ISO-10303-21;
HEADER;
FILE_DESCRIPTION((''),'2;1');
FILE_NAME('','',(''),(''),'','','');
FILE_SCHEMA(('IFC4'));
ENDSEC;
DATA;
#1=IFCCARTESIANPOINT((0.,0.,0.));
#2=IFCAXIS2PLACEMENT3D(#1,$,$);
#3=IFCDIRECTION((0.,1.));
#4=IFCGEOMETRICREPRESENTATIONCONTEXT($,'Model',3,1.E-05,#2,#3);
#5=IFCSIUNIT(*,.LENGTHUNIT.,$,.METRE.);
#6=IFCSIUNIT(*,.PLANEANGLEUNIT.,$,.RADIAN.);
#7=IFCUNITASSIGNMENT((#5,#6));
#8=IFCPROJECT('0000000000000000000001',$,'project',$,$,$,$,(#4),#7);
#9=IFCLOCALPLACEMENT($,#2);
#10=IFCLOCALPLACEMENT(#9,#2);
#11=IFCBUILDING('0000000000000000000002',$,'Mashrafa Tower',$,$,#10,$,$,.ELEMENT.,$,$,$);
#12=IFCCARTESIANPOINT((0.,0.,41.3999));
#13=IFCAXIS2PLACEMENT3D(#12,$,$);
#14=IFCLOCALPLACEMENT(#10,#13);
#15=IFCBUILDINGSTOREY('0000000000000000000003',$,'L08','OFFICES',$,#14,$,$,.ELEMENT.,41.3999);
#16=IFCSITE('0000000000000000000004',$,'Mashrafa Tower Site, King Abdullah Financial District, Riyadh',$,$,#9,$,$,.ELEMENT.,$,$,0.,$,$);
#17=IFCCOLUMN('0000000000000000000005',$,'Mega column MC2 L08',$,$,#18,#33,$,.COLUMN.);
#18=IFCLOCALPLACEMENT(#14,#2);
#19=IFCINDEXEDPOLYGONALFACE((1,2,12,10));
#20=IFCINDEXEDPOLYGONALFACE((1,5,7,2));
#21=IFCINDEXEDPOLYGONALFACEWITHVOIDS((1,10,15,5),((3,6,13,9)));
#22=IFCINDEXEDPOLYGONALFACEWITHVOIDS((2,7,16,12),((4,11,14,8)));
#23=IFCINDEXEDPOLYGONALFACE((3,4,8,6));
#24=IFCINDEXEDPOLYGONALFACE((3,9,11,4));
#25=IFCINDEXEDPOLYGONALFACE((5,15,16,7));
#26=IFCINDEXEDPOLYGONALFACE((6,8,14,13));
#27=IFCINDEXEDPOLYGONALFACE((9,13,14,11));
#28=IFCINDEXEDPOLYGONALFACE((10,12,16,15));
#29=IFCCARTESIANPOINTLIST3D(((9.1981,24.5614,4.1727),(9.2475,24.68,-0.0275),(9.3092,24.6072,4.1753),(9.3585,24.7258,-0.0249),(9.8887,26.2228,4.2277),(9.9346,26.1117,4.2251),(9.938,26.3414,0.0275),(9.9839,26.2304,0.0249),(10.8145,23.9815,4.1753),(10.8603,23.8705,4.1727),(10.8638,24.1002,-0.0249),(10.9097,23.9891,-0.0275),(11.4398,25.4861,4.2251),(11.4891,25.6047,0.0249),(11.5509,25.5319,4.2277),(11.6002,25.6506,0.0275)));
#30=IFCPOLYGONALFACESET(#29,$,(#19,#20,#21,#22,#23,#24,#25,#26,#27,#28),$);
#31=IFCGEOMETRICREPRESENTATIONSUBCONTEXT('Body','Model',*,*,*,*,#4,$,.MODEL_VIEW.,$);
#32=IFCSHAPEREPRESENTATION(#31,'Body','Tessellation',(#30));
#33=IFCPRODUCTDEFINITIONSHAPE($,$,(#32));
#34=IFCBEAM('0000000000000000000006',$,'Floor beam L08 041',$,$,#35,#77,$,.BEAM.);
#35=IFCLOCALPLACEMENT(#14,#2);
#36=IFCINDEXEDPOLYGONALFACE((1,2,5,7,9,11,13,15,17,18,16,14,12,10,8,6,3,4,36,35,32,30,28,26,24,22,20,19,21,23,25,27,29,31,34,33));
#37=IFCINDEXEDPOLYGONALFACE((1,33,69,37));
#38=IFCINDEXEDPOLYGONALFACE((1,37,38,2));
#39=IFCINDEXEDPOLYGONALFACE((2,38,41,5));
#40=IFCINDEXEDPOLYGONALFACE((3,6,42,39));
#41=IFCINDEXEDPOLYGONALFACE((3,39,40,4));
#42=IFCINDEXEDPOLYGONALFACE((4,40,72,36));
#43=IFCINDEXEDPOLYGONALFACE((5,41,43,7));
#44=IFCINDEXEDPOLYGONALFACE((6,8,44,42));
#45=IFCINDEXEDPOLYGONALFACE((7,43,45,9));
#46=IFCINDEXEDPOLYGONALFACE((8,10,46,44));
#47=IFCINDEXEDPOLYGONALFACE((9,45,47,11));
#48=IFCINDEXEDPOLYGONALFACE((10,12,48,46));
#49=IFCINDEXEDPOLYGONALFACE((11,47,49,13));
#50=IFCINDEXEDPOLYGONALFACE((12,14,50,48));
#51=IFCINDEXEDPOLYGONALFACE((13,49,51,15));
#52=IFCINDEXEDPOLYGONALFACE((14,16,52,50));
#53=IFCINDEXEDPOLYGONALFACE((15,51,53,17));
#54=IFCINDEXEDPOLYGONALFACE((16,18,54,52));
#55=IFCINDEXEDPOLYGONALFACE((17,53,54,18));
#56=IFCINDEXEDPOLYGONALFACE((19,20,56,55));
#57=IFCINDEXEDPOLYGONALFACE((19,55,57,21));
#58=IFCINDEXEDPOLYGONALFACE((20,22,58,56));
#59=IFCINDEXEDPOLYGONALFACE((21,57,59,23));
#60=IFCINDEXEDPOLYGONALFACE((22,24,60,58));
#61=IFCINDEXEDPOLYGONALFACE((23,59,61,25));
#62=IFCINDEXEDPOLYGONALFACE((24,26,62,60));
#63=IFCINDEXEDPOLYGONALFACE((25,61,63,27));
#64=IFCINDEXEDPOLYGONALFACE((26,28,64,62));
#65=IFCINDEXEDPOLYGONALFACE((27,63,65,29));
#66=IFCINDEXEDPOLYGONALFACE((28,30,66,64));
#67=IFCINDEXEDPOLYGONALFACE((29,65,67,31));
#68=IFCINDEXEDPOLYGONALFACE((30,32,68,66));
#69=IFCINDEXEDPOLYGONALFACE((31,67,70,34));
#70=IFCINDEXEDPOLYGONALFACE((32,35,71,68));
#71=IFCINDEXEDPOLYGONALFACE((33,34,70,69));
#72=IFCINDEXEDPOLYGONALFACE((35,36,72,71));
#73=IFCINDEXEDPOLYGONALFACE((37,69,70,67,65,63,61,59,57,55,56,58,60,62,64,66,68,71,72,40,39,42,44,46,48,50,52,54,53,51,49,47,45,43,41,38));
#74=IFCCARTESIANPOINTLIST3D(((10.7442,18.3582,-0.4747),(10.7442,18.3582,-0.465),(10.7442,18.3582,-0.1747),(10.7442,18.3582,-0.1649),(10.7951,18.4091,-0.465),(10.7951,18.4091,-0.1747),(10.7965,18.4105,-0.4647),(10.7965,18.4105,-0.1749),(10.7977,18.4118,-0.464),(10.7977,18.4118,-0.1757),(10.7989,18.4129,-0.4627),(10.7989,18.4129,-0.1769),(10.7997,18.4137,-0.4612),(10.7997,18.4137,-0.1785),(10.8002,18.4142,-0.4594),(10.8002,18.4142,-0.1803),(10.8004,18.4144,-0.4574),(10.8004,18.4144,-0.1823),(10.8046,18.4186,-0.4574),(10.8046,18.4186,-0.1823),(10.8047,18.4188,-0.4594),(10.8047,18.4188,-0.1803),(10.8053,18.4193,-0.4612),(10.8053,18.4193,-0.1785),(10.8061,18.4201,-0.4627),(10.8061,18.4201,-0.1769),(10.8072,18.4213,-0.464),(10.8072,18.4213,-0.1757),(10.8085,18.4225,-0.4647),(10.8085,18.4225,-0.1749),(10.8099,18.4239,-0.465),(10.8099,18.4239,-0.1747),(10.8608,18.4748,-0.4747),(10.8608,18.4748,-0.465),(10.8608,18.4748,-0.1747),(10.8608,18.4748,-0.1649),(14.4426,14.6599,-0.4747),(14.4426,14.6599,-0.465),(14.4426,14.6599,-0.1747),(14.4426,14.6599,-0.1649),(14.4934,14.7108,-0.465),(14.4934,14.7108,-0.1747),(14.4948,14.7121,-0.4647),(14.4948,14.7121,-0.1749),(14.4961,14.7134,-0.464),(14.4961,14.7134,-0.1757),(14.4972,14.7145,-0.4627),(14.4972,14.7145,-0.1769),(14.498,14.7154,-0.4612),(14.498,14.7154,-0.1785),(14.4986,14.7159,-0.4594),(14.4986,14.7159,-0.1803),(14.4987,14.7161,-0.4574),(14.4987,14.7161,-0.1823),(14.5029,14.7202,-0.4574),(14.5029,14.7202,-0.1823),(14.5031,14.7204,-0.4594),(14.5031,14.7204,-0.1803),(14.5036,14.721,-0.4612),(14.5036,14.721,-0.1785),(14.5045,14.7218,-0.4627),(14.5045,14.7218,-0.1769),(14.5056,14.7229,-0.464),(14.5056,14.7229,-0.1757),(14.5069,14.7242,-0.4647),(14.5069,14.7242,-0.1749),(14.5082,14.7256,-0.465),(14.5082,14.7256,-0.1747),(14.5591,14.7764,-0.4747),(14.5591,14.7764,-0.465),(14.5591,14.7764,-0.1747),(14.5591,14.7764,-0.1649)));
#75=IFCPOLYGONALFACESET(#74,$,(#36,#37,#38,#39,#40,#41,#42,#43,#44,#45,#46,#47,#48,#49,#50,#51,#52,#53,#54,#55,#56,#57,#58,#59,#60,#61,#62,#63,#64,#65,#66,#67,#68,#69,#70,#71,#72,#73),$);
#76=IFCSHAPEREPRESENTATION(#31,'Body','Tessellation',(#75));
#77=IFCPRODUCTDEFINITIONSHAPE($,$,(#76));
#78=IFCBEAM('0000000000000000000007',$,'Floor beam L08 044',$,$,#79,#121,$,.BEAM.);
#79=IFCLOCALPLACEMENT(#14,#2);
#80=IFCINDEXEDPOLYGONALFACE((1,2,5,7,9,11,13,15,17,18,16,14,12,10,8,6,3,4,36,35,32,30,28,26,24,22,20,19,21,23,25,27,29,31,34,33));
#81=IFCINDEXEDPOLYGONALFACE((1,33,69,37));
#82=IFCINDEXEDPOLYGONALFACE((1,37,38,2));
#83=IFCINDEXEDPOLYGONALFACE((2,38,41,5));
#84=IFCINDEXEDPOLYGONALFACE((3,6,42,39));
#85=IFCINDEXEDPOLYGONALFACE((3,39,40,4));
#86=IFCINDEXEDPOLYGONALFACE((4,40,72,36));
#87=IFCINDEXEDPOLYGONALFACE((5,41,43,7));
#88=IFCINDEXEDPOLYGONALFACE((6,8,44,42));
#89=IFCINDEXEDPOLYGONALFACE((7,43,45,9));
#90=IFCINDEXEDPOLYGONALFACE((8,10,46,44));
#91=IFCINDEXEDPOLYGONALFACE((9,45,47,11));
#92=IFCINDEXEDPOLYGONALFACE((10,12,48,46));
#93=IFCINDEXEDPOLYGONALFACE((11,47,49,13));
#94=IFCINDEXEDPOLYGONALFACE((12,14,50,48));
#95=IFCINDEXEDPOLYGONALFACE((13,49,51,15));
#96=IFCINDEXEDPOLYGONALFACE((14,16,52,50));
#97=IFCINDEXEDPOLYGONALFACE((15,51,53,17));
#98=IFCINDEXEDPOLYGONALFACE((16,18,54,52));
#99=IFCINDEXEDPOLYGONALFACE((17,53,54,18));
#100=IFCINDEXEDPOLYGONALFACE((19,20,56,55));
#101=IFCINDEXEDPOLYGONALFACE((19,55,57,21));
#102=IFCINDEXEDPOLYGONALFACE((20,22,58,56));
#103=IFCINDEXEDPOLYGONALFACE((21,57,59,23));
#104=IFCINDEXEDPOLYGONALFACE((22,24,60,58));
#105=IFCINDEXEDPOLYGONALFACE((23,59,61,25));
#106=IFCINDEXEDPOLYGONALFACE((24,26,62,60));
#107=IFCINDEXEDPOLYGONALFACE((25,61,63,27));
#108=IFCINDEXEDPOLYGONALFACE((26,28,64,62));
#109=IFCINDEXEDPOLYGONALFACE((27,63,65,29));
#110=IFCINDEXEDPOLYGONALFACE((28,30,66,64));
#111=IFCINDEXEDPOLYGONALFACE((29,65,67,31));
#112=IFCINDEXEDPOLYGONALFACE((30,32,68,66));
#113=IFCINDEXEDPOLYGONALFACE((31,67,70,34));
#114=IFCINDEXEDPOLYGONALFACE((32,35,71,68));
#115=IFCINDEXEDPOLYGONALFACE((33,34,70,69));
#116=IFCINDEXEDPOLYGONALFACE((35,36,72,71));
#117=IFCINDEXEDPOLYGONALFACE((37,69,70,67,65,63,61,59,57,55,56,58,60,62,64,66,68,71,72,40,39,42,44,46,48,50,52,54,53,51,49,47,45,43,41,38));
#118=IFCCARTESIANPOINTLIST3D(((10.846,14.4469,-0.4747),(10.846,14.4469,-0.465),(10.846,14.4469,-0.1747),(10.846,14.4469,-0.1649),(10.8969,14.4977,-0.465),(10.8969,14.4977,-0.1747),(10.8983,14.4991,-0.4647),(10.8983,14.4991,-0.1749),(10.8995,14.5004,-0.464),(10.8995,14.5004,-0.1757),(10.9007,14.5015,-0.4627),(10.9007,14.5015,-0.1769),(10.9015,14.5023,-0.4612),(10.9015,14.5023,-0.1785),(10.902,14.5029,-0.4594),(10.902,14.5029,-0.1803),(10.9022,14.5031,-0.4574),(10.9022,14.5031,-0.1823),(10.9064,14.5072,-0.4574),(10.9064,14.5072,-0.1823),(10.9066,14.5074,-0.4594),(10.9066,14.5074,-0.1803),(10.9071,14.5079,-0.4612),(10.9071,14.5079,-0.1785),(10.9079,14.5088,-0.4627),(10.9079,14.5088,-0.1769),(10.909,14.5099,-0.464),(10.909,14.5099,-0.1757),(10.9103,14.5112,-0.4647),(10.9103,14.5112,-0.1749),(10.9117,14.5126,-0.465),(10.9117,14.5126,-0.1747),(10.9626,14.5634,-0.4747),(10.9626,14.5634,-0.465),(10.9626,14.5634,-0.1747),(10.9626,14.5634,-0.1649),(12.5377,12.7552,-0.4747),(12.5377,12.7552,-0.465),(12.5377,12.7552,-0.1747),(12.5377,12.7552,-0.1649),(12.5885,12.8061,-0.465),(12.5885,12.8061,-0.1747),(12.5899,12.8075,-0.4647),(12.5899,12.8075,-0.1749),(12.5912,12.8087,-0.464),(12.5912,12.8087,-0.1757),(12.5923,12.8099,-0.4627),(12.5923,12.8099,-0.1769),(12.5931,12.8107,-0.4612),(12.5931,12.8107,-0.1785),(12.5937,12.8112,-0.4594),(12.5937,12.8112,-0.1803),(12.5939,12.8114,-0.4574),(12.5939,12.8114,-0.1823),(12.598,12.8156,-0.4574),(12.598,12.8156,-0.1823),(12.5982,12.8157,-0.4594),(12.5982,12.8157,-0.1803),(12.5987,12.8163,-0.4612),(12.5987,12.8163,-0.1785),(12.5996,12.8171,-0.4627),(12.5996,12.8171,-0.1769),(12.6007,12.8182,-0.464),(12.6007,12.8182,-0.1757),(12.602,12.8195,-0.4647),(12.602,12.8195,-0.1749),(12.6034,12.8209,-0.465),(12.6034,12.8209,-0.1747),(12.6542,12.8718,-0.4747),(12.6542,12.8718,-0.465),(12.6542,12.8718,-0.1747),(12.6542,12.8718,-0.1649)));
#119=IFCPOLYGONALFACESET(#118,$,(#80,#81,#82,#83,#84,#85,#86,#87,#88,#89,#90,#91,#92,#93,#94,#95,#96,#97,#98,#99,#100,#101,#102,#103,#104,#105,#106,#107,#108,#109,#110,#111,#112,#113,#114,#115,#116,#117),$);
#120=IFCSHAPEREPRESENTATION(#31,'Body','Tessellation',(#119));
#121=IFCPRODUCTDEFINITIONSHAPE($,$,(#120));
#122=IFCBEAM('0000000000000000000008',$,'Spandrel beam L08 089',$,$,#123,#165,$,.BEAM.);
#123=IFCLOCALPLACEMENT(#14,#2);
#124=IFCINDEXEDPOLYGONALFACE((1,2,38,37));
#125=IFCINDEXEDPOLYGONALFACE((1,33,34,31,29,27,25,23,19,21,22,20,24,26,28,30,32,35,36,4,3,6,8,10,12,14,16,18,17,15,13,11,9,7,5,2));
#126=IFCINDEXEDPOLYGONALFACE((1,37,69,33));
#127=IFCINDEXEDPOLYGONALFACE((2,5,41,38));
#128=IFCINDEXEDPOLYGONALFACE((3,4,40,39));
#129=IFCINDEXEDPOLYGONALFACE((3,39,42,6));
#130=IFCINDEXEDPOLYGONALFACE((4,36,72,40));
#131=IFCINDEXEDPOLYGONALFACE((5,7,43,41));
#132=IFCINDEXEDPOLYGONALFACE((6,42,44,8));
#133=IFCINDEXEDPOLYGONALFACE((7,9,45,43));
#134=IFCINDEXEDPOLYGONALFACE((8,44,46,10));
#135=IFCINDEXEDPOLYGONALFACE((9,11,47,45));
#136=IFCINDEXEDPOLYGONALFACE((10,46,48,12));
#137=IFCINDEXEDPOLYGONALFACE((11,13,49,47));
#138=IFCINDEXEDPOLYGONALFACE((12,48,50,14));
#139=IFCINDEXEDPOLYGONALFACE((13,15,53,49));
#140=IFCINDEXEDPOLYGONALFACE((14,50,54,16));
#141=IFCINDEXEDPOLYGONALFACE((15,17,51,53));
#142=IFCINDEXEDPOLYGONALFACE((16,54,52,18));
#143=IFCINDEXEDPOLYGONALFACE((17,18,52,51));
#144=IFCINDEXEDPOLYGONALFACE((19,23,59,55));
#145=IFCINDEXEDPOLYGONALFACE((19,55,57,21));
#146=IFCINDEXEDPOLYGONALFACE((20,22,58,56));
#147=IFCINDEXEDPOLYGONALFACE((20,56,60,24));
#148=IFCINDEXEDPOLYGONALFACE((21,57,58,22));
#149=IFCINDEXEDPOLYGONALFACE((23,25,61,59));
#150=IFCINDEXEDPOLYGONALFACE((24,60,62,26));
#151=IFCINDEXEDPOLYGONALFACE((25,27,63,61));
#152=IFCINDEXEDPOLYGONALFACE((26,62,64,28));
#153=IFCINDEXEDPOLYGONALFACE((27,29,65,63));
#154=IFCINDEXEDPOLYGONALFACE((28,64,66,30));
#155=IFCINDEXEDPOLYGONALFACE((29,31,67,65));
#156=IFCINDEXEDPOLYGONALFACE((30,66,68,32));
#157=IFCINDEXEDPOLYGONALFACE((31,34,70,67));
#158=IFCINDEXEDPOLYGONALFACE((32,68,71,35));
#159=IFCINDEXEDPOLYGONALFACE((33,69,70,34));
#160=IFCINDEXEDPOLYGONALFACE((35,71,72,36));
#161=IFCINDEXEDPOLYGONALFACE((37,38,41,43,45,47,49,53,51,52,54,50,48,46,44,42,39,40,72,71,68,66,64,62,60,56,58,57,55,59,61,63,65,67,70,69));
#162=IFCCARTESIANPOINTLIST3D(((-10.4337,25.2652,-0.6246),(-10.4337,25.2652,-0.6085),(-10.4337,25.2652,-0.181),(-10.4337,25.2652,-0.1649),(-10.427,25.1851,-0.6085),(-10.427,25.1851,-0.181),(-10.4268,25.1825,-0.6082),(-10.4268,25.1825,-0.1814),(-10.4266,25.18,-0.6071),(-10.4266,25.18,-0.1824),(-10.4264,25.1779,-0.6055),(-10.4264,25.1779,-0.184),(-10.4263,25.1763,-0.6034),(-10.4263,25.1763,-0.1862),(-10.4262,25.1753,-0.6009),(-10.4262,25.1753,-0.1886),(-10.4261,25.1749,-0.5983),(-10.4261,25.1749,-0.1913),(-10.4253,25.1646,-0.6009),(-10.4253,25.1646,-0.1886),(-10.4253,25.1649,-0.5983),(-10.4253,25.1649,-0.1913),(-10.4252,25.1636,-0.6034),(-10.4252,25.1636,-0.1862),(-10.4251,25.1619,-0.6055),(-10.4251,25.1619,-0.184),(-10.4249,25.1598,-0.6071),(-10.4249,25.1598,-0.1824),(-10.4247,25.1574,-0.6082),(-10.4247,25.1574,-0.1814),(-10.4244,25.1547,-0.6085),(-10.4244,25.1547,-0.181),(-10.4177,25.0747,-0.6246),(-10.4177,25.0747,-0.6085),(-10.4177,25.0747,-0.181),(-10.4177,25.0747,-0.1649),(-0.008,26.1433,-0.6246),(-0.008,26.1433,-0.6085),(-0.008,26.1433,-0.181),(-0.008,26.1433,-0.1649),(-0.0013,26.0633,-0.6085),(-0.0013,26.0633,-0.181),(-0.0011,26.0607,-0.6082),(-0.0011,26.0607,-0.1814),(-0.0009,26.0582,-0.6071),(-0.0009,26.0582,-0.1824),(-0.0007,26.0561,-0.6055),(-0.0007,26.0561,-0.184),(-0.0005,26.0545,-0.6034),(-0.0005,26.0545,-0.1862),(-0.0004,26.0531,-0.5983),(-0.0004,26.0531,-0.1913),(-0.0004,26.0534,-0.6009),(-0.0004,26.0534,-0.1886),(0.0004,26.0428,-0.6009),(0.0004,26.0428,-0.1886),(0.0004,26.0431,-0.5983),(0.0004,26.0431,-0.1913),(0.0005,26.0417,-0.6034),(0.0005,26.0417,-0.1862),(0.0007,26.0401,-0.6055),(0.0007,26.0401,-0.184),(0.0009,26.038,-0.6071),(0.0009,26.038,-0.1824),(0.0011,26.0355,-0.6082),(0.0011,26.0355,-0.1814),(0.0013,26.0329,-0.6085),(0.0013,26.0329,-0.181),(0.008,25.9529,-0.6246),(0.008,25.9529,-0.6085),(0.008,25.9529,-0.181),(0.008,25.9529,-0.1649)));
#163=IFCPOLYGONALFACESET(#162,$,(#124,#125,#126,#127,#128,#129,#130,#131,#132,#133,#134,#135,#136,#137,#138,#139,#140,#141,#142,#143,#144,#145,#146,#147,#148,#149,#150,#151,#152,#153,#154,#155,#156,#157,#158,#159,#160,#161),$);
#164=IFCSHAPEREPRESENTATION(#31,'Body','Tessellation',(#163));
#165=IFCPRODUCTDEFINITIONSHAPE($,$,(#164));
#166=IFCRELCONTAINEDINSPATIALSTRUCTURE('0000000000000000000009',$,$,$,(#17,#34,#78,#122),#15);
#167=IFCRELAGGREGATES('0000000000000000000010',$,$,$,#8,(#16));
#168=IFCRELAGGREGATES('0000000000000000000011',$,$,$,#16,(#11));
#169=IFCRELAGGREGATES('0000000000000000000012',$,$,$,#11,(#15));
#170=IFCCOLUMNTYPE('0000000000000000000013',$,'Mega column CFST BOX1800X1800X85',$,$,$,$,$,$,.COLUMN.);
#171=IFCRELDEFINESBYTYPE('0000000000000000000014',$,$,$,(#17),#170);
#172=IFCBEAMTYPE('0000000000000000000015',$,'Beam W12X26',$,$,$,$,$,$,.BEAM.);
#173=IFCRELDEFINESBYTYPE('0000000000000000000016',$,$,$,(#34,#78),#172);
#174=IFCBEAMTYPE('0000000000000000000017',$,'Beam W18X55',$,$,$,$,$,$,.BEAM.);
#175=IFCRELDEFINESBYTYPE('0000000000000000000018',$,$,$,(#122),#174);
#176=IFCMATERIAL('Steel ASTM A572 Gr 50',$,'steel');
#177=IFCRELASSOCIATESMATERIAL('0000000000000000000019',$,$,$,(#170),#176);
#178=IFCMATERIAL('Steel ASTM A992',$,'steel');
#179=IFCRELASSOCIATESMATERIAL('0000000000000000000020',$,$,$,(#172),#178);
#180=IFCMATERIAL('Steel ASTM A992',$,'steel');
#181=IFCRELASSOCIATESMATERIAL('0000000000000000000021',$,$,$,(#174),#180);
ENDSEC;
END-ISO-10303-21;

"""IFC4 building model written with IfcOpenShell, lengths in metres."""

from ifc_helpers import new_model, si_unit, direction, frame, origin, origin_2d, place, context, subcontext, project, spatial, hollow_rectangle, i_section, extrude, material, material_profile, profile_set, type_object, element, save


model = new_model("IFC4")

# Units and contexts
model_context = context("Model", 3, precision=1e-05, world=origin(), true_north=direction((0.0, 1.0)))
body_context = subcontext(model_context, "Body", "Model", "MODEL_VIEW")
ifc_project = project(units=[si_unit("LENGTHUNIT", "METRE"), si_unit("PLANEANGLEUNIT", "RADIAN")], contexts=[model_context])

# Site, building, storey
site_placement = place(None, origin())
site = spatial("IfcSite", under=ifc_project, at=site_placement, Name="Mashrafa Tower Site, King Abdullah Financial District, Riyadh", CompositionType="ELEMENT", RefElevation=0.0)
building_placement = place(site_placement, origin())
building = spatial("IfcBuilding", under=site, at=building_placement, Name="Mashrafa Tower", CompositionType="ELEMENT")
storey_placement = place(building_placement, frame((0.0, 0.0, 41.3999)))
storey = spatial("IfcBuildingStorey", under=building, at=storey_placement, Name="L08", Description="OFFICES", CompositionType="ELEMENT", Elevation=41.3999)

# Column
ifc_material_1 = material(Name="Steel ASTM A572 Gr 50", Category="steel")
ifc_material_profile_1 = material_profile(ifc_material_1, hollow_rectangle(XDim=1.8, YDim=1.8, WallThickness=0.085, at=origin_2d()), Name="BOX1800X1800X85")
ifc_profile_set_1 = profile_set([ifc_material_profile_1], Name="Steel ASTM A572 Gr 50")
column_type = type_object("IfcColumnType", Name="Mega column CFST BOX1800X1800X85", PredefinedType="COLUMN", material=ifc_profile_set_1)
column_placement = place(storey_placement, frame((10.4238, 25.1653, 0.0), z_axis=(-0.011736, -0.028236, 0.999532), x_axis=(0.923414, -0.383806, 0.0)))
element("IfcColumn", 1, at=column_placement, inside=storey, type_object=column_type, Name="Mega column MC2 L08", PredefinedType="COLUMN", context=body_context, shape_type="SweptSolid", body=[
    extrude(hollow_rectangle(XDim=1.8, YDim=1.8, WallThickness=0.085, at=origin_2d()), origin(), (0.0, 0.0, 1.0), 4.2021),
])

# Beams
ifc_material_2 = material(Name="Steel ASTM A992", Category="steel")
ifc_material_profile_2 = material_profile(ifc_material_2, i_section(OverallWidth=0.1648, OverallDepth=0.3098, WebThickness=0.0059, FlangeThickness=0.0098, FilletRadius=0.0076, at=origin_2d()), Name="W12X26")
ifc_profile_set_2 = profile_set([ifc_material_profile_2], Name="Steel ASTM A992")
beam_type_1 = type_object("IfcBeamType", Name="Beam W12X26", PredefinedType="BEAM", material=ifc_profile_set_2)
beam_1_placement = place(storey_placement, frame((10.8025, 18.4165, -0.3198), z_axis=(0.707107, -0.707107, 0.0), x_axis=(0.707107, 0.707107, 0.0)))
element("IfcBeam", 2, at=beam_1_placement, inside=storey, type_object=beam_type_1, Name="Floor beam L08 041", PredefinedType="BEAM", context=body_context, shape_type="SweptSolid", body=[
    extrude(i_section(OverallWidth=0.1648, OverallDepth=0.3098, WebThickness=0.0059, FlangeThickness=0.0098, FilletRadius=0.0076, at=origin_2d()), origin(), (0.0, 0.0, 1.0), 5.2302),
])
beam_2_placement = place(storey_placement, frame((10.9043, 14.5051, -0.3198), z_axis=(0.707107, -0.707107, 0.0), x_axis=(0.707107, 0.707107, 0.0)))
element("IfcBeam", 3, at=beam_2_placement, inside=storey, type_object=beam_type_1, Name="Floor beam L08 044", PredefinedType="BEAM", context=body_context, shape_type="SweptSolid", body=[
    extrude(i_section(OverallWidth=0.1648, OverallDepth=0.3098, WebThickness=0.0059, FlangeThickness=0.0098, FilletRadius=0.0076, at=origin_2d()), origin(), (0.0, 0.0, 1.0), 2.3923),
])
ifc_material_3 = material(Name="Steel ASTM A992", Category="steel")
ifc_material_profile_3 = material_profile(ifc_material_3, i_section(OverallWidth=0.1912, OverallDepth=0.4597, WebThickness=0.01, FlangeThickness=0.0161, FilletRadius=0.0103, at=origin_2d()), Name="W18X55")
ifc_profile_set_3 = profile_set([ifc_material_profile_3], Name="Steel ASTM A992")
beam_type_2 = type_object("IfcBeamType", Name="Beam W18X55", PredefinedType="BEAM", material=ifc_profile_set_3)
for number, where, z_axis, x_axis, name in (
    (4, (0.0, 26.0481, -0.3948), (-0.996471, -0.083934, 0.0), (0.083934, -0.996471, 0.0), "Spandrel beam L08 089"),
):
    element("IfcBeam", number, at=place(storey_placement, frame(where, z_axis=z_axis, x_axis=x_axis)), inside=storey, type_object=beam_type_2, Name=name, PredefinedType="BEAM", context=body_context, shape_type="SweptSolid", body=[
        extrude(i_section(OverallWidth=0.1912, OverallDepth=0.4597, WebThickness=0.01, FlangeThickness=0.0161, FilletRadius=0.0103, at=origin_2d()), origin(), (0.0, 0.0, 1.0), 10.4626),
    ])

save(model, "model.ifc")
